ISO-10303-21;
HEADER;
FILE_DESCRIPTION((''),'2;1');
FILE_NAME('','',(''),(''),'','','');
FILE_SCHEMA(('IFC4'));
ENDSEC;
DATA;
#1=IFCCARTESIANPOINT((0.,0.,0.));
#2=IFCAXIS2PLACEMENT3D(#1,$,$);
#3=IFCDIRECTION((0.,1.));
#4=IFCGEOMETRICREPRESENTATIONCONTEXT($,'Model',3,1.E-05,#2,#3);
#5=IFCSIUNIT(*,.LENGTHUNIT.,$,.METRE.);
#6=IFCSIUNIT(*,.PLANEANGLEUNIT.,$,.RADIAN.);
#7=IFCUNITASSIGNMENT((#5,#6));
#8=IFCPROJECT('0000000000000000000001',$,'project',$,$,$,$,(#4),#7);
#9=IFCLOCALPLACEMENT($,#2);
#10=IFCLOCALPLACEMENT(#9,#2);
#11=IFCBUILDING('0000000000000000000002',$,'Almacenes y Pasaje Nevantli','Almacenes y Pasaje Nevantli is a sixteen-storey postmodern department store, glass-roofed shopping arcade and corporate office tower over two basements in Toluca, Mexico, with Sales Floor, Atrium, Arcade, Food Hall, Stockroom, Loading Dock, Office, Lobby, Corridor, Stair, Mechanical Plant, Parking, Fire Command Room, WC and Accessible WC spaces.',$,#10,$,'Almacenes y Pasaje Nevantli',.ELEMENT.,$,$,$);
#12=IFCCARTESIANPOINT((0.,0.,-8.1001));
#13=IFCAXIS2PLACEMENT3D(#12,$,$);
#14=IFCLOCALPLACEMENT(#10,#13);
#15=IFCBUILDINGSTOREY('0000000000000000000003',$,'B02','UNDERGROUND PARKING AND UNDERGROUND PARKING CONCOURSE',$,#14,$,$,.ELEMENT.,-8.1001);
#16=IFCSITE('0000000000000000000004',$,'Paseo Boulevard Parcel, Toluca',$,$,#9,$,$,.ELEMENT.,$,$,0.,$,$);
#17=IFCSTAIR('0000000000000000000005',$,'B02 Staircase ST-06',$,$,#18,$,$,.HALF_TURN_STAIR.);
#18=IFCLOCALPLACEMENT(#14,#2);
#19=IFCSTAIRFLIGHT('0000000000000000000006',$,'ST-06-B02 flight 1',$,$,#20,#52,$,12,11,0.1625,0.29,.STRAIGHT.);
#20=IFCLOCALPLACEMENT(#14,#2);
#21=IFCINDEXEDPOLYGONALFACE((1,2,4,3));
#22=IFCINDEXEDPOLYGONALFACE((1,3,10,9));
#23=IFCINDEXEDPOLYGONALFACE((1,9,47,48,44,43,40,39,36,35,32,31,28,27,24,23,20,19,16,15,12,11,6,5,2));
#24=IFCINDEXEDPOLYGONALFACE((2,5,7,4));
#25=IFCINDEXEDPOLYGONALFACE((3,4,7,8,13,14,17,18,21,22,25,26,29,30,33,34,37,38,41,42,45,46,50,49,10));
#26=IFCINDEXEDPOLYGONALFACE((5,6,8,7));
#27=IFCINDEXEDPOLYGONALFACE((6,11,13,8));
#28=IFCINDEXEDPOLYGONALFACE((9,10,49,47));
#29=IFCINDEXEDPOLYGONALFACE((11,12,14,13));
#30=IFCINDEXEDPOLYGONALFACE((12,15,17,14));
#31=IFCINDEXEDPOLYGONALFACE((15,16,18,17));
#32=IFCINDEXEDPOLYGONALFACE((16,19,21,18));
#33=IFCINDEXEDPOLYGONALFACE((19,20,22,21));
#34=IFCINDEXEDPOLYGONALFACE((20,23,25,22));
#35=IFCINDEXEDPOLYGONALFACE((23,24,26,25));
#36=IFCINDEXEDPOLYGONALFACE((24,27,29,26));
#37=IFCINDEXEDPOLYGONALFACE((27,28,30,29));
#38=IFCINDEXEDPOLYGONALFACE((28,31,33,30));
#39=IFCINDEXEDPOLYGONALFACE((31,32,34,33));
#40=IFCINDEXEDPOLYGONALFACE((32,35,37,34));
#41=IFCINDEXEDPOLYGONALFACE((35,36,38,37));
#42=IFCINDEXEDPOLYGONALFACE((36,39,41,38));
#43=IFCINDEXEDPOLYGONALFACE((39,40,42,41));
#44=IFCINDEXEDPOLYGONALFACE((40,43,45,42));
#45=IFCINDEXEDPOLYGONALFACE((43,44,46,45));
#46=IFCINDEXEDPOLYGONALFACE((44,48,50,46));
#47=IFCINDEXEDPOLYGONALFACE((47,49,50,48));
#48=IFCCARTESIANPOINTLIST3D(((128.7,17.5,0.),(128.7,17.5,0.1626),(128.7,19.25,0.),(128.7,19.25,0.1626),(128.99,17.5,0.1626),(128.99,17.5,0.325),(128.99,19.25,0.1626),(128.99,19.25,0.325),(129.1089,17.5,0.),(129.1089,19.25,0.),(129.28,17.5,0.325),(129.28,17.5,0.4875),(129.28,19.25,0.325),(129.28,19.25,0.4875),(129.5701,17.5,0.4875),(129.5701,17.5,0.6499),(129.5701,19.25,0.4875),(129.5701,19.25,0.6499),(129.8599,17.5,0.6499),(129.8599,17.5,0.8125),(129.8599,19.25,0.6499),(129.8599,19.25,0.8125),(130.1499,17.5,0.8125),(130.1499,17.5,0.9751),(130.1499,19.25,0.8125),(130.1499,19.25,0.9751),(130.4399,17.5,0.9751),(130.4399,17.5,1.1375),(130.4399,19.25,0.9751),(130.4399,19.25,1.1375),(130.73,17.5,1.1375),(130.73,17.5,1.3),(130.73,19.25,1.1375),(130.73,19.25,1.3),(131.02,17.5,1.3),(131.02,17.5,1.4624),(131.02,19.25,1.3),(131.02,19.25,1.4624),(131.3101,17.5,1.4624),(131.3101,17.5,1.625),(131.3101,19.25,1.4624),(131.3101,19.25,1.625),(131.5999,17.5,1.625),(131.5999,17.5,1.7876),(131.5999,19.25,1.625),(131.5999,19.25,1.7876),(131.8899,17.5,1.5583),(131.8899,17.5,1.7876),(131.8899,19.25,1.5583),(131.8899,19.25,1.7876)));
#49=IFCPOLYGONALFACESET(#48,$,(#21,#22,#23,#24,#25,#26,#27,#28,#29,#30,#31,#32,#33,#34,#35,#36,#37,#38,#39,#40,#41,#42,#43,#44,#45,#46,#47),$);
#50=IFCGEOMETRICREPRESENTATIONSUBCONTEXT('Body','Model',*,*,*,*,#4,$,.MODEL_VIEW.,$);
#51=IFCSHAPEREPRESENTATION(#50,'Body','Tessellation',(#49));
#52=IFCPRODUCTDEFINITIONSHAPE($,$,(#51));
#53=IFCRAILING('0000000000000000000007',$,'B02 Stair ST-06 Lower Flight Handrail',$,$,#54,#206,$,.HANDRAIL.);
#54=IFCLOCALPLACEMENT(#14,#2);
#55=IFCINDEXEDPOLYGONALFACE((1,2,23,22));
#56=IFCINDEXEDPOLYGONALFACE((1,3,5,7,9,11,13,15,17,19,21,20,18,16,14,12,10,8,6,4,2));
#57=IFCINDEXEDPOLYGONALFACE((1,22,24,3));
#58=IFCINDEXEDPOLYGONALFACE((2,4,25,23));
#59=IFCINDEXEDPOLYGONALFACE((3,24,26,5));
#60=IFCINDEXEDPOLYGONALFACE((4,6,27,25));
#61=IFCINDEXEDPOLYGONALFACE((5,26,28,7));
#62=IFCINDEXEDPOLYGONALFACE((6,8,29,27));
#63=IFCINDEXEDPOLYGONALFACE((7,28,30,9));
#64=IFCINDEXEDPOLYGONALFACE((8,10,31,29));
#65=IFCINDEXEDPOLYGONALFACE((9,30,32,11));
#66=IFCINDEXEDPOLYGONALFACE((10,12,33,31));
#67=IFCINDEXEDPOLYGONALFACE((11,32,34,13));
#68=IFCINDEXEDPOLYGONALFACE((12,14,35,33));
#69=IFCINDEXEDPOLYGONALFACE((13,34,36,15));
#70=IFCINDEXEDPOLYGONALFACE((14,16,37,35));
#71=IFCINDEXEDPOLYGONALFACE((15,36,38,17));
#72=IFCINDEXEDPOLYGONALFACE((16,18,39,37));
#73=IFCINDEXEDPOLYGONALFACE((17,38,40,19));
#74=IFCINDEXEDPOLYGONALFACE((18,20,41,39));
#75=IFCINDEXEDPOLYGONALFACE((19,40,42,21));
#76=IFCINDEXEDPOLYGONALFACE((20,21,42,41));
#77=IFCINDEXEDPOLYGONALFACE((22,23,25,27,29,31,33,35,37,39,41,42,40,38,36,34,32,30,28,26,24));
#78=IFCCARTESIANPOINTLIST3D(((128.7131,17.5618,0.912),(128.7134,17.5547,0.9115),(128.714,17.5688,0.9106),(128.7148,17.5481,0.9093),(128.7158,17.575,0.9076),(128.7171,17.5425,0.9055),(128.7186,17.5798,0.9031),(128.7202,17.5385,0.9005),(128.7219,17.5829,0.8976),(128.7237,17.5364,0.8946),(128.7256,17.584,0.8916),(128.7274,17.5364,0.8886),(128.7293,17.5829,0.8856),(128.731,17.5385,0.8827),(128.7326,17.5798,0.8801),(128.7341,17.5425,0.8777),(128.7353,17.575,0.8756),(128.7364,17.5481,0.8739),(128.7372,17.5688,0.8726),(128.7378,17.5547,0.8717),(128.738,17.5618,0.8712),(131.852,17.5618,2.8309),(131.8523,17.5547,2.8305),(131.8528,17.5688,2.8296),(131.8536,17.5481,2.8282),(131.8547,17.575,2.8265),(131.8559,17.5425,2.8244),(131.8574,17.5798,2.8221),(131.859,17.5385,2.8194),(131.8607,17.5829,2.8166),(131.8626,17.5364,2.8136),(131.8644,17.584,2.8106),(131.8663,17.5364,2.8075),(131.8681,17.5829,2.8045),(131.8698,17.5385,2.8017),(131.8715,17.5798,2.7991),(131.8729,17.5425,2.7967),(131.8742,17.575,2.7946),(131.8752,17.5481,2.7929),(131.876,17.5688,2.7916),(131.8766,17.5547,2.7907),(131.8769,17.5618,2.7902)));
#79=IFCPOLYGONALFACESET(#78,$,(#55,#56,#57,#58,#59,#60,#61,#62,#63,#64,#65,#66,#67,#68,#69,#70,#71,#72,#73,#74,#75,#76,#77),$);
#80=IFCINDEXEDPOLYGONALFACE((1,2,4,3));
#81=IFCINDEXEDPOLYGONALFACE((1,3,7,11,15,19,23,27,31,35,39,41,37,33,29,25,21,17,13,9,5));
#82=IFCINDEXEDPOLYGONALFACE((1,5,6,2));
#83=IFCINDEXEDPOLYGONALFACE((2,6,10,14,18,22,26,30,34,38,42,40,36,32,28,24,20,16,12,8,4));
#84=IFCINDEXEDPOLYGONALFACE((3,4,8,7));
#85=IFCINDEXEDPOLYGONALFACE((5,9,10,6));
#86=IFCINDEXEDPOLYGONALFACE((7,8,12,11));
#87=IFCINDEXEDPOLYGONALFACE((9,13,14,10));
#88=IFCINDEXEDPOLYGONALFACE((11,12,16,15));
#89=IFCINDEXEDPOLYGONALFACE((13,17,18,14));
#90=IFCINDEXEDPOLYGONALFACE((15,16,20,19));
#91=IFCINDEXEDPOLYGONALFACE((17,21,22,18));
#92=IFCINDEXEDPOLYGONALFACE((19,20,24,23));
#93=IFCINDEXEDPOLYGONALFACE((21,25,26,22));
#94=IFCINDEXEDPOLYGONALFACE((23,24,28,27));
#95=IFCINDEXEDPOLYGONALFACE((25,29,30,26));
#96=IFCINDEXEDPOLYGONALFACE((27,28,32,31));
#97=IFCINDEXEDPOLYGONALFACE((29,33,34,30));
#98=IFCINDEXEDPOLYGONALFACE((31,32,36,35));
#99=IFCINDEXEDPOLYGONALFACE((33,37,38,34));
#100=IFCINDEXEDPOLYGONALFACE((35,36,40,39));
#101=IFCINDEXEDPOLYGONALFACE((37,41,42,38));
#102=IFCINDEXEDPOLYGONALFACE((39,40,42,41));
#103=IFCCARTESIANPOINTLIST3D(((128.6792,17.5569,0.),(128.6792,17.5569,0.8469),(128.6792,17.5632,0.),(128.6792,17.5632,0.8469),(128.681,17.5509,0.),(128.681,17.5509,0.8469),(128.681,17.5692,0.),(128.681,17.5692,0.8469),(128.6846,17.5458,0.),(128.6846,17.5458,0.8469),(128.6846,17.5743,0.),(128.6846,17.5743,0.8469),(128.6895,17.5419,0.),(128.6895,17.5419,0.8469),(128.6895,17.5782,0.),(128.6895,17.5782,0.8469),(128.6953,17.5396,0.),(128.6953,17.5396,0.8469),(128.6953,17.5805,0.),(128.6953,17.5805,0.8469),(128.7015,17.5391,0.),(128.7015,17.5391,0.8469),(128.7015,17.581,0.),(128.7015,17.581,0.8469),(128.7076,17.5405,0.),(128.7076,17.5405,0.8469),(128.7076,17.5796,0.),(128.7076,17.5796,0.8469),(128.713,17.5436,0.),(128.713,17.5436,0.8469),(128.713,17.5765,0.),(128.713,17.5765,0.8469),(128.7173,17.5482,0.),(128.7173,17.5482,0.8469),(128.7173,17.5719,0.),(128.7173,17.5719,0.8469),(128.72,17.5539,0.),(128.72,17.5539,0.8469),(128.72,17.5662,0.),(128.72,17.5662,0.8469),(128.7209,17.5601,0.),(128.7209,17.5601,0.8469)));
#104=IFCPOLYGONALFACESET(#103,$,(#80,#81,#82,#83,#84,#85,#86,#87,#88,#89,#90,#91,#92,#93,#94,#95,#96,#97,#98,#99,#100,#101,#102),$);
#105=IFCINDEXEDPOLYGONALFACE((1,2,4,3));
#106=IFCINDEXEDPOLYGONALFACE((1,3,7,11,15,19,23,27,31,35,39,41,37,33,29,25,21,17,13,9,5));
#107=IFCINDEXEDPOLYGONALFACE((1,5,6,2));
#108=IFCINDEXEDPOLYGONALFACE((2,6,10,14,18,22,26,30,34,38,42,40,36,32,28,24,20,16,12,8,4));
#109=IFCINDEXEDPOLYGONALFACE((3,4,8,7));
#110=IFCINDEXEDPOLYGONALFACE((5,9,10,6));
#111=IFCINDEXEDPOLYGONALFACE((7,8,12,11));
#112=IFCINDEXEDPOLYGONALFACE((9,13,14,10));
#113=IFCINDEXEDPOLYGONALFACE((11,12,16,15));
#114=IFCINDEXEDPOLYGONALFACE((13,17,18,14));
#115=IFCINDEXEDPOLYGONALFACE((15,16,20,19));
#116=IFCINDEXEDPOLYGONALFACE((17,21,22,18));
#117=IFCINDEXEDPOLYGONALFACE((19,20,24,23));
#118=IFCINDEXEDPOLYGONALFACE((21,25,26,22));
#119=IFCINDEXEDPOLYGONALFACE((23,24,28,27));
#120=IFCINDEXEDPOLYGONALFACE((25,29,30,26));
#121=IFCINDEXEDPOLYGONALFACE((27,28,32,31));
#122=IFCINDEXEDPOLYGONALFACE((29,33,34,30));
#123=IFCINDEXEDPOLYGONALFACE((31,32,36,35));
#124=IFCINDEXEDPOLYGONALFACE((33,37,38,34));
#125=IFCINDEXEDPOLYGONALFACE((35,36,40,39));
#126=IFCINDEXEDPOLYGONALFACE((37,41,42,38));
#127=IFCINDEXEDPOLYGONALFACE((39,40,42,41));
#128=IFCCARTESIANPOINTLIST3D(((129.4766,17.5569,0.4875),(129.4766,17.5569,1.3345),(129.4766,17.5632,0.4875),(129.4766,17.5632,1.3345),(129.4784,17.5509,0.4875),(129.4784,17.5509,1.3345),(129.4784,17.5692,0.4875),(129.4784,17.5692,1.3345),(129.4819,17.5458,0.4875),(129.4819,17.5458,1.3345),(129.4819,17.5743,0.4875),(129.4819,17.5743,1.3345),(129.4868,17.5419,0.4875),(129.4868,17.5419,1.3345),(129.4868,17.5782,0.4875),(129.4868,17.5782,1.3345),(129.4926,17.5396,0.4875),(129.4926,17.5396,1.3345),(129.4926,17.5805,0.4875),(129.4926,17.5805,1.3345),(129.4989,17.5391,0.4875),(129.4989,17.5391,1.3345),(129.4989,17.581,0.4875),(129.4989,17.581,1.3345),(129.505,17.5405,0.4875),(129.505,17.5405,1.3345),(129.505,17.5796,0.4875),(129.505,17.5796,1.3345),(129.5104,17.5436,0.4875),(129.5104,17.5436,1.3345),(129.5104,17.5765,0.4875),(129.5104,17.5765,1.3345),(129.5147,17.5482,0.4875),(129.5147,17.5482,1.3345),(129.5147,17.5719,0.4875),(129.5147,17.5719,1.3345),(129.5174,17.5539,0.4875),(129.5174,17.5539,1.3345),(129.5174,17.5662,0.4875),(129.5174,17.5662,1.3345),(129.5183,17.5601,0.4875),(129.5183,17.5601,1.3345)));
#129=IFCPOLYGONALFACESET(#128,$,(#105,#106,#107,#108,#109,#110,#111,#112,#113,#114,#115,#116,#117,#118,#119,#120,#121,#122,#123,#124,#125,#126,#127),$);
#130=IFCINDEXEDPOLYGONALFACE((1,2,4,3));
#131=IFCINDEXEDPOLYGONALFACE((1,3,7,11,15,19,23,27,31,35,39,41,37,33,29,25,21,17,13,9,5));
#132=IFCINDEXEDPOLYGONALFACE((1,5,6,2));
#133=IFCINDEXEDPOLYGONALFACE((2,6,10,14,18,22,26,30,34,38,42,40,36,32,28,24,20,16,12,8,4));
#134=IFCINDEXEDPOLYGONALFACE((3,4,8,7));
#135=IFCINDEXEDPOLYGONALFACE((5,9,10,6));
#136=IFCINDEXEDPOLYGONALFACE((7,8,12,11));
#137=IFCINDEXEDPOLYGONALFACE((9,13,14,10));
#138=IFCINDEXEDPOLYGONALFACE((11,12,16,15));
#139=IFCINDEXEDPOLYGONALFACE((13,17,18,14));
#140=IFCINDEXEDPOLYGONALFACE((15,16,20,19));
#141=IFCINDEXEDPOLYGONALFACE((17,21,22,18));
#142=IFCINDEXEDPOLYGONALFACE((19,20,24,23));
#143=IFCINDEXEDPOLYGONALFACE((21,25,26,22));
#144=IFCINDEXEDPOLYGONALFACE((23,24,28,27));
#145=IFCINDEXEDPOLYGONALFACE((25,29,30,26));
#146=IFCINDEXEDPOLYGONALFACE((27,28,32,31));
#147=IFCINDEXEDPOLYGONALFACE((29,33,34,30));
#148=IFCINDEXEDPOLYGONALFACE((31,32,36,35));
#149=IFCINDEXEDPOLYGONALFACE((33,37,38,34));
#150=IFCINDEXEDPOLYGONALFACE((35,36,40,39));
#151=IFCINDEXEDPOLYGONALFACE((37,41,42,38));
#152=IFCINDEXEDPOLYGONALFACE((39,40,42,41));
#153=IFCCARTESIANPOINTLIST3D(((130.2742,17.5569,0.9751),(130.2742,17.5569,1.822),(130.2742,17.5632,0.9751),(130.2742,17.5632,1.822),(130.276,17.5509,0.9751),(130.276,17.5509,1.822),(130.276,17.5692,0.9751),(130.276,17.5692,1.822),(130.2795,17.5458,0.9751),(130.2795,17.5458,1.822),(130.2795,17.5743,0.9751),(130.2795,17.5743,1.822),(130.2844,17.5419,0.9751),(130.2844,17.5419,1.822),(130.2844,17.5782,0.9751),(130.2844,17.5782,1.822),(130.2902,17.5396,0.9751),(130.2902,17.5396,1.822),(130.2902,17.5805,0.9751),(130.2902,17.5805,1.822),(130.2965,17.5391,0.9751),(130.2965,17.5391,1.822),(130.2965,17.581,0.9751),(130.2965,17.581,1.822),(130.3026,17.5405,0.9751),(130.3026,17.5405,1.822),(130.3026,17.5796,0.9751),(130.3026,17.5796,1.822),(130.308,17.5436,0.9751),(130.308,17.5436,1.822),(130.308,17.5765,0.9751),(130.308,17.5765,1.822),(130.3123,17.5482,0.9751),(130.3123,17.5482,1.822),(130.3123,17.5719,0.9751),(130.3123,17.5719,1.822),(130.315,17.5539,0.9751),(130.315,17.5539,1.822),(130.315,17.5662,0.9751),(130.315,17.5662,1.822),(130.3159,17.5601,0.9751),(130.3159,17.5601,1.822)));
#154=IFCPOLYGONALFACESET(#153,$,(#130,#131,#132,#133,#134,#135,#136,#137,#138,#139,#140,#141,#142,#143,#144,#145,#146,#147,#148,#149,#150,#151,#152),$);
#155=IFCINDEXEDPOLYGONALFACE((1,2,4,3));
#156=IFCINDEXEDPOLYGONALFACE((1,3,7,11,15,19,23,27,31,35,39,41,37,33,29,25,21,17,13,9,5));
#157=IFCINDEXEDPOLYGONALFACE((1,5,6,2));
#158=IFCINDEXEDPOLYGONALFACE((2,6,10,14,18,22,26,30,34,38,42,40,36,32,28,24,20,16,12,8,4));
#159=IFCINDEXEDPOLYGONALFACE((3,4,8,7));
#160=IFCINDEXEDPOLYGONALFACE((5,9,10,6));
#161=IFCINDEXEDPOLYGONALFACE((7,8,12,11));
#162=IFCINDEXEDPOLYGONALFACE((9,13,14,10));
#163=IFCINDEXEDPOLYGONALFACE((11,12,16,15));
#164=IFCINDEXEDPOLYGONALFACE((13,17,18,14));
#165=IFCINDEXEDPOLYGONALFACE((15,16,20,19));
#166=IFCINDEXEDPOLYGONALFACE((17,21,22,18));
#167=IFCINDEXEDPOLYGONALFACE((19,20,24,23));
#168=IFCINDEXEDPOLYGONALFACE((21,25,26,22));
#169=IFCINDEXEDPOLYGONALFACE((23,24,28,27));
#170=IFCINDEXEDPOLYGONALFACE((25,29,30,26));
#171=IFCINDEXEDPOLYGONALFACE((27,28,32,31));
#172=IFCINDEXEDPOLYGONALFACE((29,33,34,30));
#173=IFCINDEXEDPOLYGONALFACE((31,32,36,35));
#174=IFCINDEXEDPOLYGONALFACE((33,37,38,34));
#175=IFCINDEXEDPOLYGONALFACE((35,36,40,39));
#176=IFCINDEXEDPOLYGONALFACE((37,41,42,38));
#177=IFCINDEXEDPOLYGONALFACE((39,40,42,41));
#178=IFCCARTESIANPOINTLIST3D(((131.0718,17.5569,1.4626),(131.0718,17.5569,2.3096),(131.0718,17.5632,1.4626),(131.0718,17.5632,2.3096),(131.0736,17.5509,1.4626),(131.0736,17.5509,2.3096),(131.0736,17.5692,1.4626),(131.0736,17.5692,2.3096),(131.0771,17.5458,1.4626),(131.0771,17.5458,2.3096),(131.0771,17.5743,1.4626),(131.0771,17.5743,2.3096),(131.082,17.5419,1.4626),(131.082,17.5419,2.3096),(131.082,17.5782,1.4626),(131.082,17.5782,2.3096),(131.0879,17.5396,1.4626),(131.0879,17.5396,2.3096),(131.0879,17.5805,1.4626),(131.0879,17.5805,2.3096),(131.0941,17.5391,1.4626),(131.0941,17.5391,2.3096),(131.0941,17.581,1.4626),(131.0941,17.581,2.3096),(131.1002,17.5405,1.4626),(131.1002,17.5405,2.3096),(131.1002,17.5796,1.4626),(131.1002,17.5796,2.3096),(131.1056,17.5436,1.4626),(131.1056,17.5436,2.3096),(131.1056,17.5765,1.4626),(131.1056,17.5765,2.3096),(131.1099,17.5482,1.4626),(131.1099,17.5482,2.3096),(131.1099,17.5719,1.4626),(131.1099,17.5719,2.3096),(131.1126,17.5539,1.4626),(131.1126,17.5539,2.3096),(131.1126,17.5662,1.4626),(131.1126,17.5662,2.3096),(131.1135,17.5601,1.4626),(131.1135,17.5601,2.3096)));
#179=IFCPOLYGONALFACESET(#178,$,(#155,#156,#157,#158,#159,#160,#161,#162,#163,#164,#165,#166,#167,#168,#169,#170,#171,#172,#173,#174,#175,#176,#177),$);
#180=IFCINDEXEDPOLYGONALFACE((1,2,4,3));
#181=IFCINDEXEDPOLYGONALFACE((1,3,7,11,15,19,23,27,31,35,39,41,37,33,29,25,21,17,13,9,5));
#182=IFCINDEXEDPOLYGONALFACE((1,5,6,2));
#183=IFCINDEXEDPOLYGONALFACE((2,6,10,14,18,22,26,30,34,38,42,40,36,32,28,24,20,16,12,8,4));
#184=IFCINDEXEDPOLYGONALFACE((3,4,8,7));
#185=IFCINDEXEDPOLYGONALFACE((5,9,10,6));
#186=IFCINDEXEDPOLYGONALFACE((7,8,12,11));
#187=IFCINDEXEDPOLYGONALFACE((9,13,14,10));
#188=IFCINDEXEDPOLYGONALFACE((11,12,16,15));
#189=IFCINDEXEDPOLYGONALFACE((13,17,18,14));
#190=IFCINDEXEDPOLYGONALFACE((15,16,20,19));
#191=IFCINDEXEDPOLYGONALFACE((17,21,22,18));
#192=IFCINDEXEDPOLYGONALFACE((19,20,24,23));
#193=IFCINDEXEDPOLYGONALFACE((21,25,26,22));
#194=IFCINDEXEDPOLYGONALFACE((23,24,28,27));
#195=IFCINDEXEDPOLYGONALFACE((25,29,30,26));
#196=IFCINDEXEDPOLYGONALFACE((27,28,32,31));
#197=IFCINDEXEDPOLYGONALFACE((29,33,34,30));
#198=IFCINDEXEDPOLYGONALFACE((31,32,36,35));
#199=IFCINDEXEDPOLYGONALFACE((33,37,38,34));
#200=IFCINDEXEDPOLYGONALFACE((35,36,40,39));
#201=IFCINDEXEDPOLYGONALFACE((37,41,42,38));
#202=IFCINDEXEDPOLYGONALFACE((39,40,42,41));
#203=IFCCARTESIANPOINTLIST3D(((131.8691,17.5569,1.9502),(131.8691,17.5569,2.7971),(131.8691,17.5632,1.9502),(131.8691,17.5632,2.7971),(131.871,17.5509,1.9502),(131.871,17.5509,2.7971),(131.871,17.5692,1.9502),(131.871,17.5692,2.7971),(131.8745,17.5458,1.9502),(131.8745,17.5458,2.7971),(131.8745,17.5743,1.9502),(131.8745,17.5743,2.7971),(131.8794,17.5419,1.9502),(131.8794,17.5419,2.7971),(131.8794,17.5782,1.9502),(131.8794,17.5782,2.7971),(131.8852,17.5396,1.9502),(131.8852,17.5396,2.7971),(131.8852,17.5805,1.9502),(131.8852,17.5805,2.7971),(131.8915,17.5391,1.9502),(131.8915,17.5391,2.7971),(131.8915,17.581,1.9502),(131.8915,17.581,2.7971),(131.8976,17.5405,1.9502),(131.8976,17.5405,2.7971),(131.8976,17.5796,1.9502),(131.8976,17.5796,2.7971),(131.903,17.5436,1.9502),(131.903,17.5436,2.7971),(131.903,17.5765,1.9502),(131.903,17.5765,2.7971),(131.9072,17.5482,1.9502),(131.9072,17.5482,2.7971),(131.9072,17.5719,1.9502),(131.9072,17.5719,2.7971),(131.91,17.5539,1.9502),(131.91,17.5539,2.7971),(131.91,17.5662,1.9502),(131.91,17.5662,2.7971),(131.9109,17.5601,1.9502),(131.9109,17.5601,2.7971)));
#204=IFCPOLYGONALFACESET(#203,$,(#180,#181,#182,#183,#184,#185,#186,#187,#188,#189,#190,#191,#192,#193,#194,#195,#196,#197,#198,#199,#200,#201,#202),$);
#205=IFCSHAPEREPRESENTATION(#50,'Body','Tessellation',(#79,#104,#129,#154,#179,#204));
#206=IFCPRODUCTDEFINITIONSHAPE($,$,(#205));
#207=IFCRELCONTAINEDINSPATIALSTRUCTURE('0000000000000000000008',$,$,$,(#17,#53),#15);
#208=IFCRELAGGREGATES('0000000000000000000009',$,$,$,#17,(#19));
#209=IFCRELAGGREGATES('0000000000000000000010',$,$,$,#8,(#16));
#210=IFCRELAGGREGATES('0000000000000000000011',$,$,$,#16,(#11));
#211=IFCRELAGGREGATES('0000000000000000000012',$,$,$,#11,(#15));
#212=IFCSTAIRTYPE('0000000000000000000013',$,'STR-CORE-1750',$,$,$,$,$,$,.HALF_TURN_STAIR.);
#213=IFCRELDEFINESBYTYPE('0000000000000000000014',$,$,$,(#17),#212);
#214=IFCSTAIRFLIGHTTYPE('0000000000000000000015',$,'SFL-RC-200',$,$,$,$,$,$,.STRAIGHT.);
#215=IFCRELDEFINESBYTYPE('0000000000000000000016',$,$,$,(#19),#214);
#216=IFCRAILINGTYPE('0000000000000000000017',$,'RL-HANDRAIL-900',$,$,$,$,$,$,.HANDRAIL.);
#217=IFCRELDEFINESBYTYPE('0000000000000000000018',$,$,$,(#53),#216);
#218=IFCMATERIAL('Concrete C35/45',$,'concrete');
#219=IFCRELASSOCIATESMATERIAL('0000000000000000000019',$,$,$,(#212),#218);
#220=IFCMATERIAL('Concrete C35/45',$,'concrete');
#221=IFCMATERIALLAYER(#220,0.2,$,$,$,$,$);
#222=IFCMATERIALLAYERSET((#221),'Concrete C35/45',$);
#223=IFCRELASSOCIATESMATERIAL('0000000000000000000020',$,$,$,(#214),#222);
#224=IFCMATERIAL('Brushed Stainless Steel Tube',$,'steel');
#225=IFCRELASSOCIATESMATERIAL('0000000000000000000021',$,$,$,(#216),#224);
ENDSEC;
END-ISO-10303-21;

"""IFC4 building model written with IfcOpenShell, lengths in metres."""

from ifc_helpers import new_model, si_unit, direction, frame, origin, origin_2d, place, context, subcontext, project, spatial, polyline, circle, outline, extrude, material, layer, layer_set, type_object, element, aggregate, save


model = new_model("IFC4")

# Units and contexts
model_context = context("Model", 3, precision=1e-05, world=origin(), true_north=direction((0.0, 1.0)))
body_context = subcontext(model_context, "Body", "Model", "MODEL_VIEW")
ifc_project = project(units=[si_unit("LENGTHUNIT", "METRE"), si_unit("PLANEANGLEUNIT", "RADIAN")], contexts=[model_context])

# Site, building, storey
site_placement = place(None, origin())
site = spatial("IfcSite", under=ifc_project, at=site_placement, Name="Paseo Boulevard Parcel, Toluca", CompositionType="ELEMENT", RefElevation=0.0)
building_placement = place(site_placement, origin())
building = spatial("IfcBuilding", under=site, at=building_placement, Name="Almacenes y Pasaje Nevantli", Description="Almacenes y Pasaje Nevantli is a sixteen-storey postmodern department store, glass-roofed shopping arcade and corporate office tower over two basements in Toluca, Mexico, with Sales Floor, Atrium, Arcade, Food Hall, Stockroom, Loading Dock, Office, Lobby, Corridor, Stair, Mechanical Plant, Parking, Fire Command Room, WC and Accessible WC spaces.", LongName="Almacenes y Pasaje Nevantli", CompositionType="ELEMENT")
storey_placement = place(building_placement, frame((0.0, 0.0, -8.1001)))
storey = spatial("IfcBuildingStorey", under=building, at=storey_placement, Name="B02", Description="UNDERGROUND PARKING AND UNDERGROUND PARKING CONCOURSE", CompositionType="ELEMENT", Elevation=-8.1001)

# Stair, stair flight
ifc_material_1 = material(Name="Concrete C35/45", Category="concrete")
stair_type = type_object("IfcStairType", Name="STR-CORE-1750", PredefinedType="HALF_TURN_STAIR", material=ifc_material_1)
stair_placement = place(storey_placement, origin())
stair = element("IfcStair", 1, at=stair_placement, inside=storey, type_object=stair_type, Name="B02 Staircase ST-06", PredefinedType="HALF_TURN_STAIR")
ifc_material_2 = material(Name="Concrete C35/45", Category="concrete")
ifc_layer_1 = layer(ifc_material_2, 0.2)
ifc_layer_set_1 = layer_set([ifc_layer_1], Name="Concrete C35/45")
stair_flight_type = type_object("IfcStairFlightType", Name="SFL-RC-200", PredefinedType="STRAIGHT", material=ifc_layer_set_1)
stair_flight_placement = place(storey_placement, frame((128.7, 18.375, 0.0), z_axis=(0.0, 0.0, 1.0), x_axis=(1.0, 0.0, 0.0)))
stair_flight = element("IfcStairFlight", 2, at=stair_flight_placement, type_object=stair_flight_type, Name="ST-06-B02 flight 1", NumberOfRisers=12, NumberOfTreads=11, PredefinedType="STRAIGHT", RiserHeight=0.1625, TreadLength=0.29, context=body_context, shape_type="SweptSolid", body=[
    extrude(outline(polyline([(0.0, 0.0), (0.0, 0.1626), (0.29, 0.1626), (0.29, 0.325), (0.5801, 0.325), (0.5801, 0.4875), (0.8701, 0.4875), (0.8701, 0.6499), (1.1599, 0.6499), (1.1599, 0.8125), (1.45, 0.8125), (1.45, 0.9751), (1.74, 0.9751), (1.74, 1.1375), (2.03, 1.1375), (2.03, 1.3), (2.3201, 1.3), (2.3201, 1.4624), (2.6101, 1.4624), (2.6101, 1.625), (2.8999, 1.625), (2.8999, 1.7876), (3.1899, 1.7876), (3.1899, 1.95), (3.1899, 1.5583), (0.4089, 0.0), (0.0, 0.0)])), frame((0.0, 0.875, 0.0), z_axis=(0.0, -1.0, 0.0), x_axis=(1.0, 0.0, 0.0)), (0.0, 0.0, 1.0), 1.75),
])
aggregate(stair, [stair_flight])

# Railing
ifc_material_3 = material(Name="Brushed Stainless Steel Tube", Category="steel")
railing_type_1 = type_object("IfcRailingType", Name="RL-HANDRAIL-900", PredefinedType="HANDRAIL", material=ifc_material_3)
railing_1_placement = place(storey_placement, frame((128.7, 17.5601, 0.0)))
element("IfcRailing", 3, at=railing_1_placement, inside=storey, type_object=railing_type_1, Name="B02 Stair ST-06 Lower Flight Handrail", PredefinedType="HANDRAIL", context=body_context, shape_type="SweptSolid", body=[
    extrude(circle(Radius=0.0239, at=origin_2d()), frame((0.0256, 0.0, 0.8916), z_axis=(0.853188, 0.0, 0.521603), x_axis=(0.0, 1.0, 0.0)), (0.0, 0.0, 1.0), 3.679),
    extrude(circle(Radius=0.021, at=origin_2d()), origin(), (0.0, 0.0, 1.0), 0.8469),
    extrude(circle(Radius=0.021, at=origin_2d()), frame((0.7974, 0.0, 0.4875)), (0.0, 0.0, 1.0), 0.8469),
    extrude(circle(Radius=0.021, at=origin_2d()), frame((1.595, 0.0, 0.9751)), (0.0, 0.0, 1.0), 0.8469),
    extrude(circle(Radius=0.021, at=origin_2d()), frame((2.3926, 0.0, 1.4626)), (0.0, 0.0, 1.0), 0.8469),
    extrude(circle(Radius=0.021, at=origin_2d()), frame((3.1899, 0.0, 1.9502)), (0.0, 0.0, 1.0), 0.8469),
])

save(model, "model.ifc")
